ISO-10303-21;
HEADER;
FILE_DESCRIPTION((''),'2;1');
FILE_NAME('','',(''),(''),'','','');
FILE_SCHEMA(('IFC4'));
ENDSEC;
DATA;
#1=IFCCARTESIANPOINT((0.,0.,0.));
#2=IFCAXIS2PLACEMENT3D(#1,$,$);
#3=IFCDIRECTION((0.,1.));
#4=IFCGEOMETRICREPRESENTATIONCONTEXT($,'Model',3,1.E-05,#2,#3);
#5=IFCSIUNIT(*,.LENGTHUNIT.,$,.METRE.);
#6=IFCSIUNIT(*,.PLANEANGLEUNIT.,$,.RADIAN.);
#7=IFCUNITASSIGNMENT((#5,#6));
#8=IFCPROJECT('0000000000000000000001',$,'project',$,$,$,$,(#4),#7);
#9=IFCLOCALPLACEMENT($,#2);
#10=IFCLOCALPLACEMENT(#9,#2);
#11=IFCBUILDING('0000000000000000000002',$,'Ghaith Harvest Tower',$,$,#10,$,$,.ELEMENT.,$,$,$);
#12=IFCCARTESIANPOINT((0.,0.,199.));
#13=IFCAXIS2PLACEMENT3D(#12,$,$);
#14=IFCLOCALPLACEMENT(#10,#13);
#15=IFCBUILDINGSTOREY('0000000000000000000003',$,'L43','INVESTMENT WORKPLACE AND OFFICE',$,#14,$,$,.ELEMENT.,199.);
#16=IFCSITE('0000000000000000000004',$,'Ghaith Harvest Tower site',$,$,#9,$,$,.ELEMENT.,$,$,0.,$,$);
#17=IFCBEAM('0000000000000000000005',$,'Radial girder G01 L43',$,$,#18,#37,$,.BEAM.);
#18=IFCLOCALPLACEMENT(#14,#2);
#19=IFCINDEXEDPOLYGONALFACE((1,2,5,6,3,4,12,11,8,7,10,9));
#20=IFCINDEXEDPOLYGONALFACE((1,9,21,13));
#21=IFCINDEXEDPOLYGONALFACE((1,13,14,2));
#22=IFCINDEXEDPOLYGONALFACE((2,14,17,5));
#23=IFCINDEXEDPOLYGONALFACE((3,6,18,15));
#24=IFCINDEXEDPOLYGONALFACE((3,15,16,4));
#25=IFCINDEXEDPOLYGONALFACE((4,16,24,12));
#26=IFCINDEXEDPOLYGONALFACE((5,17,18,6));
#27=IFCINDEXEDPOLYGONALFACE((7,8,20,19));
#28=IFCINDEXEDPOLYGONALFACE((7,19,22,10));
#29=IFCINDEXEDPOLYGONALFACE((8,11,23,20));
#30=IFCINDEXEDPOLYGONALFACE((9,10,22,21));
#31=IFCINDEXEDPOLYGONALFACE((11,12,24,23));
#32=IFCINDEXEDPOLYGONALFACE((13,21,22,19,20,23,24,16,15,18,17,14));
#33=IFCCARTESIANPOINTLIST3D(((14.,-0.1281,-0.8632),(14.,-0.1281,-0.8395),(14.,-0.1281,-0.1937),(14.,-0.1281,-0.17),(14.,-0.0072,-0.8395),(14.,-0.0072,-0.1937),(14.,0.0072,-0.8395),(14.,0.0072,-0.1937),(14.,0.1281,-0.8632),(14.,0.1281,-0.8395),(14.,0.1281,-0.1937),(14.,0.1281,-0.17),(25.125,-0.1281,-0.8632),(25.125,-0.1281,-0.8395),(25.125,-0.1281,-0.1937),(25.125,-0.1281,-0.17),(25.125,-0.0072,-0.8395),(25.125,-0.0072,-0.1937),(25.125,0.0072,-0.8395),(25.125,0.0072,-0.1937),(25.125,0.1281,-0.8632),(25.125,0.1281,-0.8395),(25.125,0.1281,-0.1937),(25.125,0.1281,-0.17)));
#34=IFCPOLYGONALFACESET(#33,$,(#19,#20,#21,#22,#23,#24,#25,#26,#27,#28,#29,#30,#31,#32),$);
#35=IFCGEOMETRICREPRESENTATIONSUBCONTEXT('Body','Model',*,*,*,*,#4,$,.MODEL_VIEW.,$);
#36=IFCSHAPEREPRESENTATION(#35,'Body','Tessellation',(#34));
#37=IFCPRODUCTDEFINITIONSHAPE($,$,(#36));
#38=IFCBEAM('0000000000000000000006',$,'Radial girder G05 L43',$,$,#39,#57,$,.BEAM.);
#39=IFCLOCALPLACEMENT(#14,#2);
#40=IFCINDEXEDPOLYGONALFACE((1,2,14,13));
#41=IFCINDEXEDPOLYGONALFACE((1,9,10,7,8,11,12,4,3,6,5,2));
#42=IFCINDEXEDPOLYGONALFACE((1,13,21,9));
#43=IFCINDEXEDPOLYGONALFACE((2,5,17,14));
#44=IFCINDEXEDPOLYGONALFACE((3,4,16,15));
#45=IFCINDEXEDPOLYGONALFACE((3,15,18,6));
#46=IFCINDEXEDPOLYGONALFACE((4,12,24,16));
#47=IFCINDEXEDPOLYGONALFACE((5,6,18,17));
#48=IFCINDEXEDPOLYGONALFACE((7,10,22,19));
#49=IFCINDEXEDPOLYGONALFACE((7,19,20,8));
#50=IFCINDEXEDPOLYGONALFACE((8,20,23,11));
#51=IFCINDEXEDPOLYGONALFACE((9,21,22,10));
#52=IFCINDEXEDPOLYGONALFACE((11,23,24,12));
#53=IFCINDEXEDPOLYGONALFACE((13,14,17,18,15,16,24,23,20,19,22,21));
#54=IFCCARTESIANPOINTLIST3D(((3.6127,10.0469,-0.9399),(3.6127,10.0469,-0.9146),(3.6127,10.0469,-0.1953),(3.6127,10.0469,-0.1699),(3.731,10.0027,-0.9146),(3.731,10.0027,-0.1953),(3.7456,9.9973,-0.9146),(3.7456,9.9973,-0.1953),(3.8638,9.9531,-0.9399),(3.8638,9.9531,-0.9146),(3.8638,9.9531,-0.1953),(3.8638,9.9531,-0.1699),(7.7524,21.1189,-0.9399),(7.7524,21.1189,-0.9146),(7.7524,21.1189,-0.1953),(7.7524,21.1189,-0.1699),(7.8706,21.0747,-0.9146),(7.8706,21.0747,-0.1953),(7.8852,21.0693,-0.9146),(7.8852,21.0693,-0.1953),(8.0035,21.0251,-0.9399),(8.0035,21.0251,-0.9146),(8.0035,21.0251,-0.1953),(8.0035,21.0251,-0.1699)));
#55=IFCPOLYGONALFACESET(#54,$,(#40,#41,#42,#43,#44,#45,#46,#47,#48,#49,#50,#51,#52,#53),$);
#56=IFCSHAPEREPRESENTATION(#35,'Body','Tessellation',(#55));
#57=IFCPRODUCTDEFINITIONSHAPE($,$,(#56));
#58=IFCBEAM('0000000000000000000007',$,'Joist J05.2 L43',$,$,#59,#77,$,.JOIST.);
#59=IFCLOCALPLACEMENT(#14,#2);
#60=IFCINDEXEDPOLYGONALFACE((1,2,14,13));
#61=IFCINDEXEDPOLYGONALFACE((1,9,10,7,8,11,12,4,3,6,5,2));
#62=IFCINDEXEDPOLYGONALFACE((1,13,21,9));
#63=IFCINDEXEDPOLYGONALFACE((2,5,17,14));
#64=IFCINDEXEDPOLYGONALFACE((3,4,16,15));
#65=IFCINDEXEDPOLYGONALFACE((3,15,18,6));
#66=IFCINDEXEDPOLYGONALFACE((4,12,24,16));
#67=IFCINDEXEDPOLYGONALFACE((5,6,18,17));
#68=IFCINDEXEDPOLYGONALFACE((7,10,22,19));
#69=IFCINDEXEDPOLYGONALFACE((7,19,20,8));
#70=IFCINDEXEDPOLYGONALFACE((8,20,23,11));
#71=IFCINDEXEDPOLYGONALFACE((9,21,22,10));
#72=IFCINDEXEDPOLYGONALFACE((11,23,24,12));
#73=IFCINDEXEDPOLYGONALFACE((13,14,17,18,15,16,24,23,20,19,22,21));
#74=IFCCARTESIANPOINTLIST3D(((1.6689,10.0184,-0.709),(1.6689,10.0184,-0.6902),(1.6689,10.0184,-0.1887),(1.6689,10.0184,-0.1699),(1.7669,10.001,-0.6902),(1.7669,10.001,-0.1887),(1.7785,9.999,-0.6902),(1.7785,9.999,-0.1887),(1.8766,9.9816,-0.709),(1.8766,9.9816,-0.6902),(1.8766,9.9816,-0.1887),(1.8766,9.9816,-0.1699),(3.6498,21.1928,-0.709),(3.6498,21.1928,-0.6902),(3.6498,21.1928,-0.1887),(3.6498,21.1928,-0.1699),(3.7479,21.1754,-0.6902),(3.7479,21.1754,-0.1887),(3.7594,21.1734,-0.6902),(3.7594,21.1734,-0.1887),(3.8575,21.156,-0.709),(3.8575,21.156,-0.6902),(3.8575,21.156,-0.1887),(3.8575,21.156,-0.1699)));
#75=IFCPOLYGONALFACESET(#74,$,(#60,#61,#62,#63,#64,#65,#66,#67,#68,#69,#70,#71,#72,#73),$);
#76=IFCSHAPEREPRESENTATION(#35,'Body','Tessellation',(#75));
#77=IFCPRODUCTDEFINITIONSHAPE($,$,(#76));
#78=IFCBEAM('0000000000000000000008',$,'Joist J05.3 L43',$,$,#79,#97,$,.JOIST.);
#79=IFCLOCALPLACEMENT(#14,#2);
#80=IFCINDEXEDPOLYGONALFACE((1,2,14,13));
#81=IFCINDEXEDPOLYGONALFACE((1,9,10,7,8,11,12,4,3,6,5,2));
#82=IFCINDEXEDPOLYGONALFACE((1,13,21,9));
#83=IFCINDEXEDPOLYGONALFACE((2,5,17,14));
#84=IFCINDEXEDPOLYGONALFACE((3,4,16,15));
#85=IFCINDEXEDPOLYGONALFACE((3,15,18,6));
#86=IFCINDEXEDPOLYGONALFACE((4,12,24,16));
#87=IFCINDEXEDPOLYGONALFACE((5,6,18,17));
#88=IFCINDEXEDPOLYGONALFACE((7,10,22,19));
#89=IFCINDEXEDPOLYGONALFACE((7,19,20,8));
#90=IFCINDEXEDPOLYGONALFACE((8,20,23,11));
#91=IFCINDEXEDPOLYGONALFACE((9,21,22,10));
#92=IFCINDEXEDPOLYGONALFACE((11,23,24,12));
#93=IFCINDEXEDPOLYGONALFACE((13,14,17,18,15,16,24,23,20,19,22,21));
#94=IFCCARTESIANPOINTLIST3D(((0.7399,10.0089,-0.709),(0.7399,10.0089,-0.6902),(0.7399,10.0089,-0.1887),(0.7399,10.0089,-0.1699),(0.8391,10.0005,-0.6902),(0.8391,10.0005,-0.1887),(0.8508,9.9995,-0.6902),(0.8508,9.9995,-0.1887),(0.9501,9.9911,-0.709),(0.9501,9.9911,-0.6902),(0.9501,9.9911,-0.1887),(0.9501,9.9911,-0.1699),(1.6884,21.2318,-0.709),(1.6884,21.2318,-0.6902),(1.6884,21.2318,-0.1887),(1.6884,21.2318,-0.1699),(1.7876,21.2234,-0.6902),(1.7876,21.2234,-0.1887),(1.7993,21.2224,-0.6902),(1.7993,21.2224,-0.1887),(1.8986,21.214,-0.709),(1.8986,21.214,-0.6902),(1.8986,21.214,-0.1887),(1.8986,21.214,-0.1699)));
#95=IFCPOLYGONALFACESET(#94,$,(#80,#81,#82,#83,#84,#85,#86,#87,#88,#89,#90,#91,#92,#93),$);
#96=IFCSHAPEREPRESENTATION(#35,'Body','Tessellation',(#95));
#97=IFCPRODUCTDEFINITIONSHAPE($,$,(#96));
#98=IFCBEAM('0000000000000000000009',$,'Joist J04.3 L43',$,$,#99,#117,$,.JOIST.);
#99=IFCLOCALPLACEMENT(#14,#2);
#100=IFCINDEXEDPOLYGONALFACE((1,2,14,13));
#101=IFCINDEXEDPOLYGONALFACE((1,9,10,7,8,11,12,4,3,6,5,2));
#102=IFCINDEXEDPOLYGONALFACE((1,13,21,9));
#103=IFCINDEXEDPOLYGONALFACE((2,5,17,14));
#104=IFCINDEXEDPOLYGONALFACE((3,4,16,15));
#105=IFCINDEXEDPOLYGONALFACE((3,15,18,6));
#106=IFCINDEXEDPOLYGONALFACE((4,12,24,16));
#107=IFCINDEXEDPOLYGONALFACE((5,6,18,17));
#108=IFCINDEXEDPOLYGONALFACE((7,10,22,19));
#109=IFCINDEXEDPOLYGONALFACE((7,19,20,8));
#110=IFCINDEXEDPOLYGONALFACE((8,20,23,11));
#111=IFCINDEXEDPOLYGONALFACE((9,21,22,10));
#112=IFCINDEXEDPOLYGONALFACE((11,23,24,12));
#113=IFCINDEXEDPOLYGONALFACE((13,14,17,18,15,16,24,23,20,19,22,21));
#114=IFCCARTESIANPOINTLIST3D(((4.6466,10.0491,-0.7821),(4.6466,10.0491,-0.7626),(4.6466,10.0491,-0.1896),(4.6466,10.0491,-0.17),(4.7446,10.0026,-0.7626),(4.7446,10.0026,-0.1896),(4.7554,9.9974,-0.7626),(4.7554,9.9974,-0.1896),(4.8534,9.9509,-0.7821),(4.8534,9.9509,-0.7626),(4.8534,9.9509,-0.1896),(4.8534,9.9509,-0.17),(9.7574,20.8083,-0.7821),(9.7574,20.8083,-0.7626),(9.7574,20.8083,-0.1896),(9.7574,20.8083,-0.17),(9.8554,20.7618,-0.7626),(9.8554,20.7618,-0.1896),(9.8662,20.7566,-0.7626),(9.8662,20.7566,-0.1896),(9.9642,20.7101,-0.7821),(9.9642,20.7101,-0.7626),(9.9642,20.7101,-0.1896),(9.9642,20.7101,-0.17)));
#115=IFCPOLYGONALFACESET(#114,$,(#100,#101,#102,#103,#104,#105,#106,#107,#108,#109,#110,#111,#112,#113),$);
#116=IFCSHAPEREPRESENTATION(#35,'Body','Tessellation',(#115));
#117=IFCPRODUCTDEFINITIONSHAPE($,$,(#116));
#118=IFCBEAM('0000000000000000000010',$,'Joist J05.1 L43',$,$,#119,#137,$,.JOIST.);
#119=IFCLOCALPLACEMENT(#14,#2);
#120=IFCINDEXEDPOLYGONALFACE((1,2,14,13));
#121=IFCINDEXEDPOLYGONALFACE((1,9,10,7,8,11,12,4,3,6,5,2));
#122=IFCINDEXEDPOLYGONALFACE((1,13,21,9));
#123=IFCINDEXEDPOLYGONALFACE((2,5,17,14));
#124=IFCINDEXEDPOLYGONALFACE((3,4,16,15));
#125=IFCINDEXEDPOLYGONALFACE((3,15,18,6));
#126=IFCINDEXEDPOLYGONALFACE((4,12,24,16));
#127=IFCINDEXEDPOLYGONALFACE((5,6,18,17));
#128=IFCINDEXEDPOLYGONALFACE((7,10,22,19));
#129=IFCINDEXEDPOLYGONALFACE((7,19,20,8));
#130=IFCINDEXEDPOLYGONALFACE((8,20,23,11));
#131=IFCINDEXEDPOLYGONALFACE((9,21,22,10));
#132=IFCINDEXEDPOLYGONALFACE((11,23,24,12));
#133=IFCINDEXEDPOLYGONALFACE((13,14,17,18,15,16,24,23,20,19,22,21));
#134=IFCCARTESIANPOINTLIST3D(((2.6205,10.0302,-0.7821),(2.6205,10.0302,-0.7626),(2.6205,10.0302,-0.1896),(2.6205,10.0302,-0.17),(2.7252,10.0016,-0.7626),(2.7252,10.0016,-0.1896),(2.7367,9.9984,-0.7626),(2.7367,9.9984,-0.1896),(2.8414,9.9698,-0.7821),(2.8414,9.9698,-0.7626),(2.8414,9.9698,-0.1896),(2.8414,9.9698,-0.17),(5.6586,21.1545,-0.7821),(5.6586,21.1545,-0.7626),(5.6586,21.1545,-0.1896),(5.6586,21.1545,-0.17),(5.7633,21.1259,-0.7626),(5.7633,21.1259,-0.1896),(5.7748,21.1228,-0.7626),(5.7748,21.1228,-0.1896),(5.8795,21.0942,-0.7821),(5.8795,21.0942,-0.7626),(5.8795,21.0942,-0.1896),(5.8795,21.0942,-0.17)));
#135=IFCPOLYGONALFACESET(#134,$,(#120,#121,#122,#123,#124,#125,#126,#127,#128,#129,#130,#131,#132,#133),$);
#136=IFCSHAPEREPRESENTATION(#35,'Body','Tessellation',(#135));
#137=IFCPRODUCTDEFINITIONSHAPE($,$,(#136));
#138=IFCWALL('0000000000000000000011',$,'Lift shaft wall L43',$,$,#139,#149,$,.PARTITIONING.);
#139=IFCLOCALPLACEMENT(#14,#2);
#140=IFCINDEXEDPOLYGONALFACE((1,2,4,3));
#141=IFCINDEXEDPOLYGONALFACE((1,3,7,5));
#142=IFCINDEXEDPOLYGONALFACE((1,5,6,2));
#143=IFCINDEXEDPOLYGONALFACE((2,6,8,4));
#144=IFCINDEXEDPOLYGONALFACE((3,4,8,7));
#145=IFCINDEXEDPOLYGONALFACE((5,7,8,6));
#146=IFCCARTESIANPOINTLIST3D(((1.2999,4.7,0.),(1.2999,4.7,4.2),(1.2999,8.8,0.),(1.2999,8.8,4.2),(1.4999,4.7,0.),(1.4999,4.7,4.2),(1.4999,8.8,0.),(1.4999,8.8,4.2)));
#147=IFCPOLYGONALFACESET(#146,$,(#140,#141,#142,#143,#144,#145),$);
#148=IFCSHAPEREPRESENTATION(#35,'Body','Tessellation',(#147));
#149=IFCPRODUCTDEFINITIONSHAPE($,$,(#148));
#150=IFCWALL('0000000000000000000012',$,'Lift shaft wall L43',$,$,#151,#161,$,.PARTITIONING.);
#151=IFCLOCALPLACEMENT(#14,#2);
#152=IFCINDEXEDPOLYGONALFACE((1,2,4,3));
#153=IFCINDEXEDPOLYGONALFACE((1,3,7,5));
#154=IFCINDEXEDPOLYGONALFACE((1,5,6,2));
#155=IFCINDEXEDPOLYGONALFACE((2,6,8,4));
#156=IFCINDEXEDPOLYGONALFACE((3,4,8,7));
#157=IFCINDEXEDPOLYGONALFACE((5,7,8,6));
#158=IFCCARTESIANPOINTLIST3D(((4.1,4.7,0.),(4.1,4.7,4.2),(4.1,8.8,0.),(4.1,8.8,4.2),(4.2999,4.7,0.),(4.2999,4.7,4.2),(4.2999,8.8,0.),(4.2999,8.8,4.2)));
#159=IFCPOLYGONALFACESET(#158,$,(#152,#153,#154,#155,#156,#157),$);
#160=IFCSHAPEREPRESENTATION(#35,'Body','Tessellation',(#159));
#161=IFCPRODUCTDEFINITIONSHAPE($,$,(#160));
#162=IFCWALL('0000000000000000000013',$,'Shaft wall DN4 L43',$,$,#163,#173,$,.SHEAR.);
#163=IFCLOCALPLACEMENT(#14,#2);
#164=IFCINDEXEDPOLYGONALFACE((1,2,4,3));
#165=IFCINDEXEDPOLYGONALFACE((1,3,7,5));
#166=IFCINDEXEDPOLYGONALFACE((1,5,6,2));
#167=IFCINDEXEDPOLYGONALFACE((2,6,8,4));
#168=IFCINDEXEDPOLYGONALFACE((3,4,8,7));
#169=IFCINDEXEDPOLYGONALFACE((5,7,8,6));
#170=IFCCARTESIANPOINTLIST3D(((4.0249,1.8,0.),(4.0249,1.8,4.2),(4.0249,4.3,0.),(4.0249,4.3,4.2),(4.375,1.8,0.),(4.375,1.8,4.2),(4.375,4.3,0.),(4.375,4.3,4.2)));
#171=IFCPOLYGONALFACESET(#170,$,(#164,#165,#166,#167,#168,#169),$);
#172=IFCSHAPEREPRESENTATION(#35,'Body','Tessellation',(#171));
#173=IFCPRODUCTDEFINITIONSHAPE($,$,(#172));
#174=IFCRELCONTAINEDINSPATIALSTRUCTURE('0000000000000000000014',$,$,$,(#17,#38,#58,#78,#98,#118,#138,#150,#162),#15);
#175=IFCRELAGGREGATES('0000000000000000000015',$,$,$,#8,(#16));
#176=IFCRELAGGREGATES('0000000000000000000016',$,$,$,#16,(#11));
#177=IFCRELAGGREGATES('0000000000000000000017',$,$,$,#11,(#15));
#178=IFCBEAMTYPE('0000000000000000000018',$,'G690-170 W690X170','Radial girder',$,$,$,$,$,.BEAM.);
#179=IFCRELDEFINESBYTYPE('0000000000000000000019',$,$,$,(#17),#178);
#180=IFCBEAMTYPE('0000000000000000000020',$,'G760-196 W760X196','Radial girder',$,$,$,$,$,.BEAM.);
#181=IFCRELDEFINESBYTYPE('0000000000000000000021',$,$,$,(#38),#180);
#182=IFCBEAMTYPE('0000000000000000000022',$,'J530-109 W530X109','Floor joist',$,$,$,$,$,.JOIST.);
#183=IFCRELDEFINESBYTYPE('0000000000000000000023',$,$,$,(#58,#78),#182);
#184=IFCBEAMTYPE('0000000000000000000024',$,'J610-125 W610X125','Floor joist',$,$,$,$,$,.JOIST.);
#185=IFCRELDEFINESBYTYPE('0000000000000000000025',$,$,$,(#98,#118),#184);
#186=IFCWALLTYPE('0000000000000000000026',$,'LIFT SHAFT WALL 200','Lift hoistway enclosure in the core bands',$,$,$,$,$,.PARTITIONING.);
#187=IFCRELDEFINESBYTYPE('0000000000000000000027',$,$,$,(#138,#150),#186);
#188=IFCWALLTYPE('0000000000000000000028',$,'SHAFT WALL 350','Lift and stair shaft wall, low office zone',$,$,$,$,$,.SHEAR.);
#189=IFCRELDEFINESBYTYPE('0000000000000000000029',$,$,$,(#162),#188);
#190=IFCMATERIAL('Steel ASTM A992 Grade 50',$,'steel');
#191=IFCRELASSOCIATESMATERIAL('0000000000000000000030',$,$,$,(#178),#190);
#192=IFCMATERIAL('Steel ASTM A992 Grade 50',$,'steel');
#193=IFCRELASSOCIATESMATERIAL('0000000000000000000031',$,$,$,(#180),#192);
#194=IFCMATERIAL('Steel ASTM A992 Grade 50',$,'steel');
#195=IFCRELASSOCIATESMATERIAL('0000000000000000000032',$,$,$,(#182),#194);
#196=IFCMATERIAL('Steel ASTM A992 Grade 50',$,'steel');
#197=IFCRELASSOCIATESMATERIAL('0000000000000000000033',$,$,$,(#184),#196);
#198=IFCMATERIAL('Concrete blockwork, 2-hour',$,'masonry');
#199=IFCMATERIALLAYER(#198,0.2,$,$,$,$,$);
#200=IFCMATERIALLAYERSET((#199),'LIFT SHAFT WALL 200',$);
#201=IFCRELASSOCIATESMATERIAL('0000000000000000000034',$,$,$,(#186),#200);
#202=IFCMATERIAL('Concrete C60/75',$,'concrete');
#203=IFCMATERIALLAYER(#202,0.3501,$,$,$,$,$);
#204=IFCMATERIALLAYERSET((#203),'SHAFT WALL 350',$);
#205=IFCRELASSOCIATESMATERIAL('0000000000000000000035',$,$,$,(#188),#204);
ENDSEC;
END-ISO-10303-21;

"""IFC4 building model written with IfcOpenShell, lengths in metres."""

from ifc_helpers import new_model, si_unit, direction, frame, frame_2d, origin, origin_2d, place, context, subcontext, project, spatial, rectangle, i_section, extrude, material, layer, layer_set, material_profile, profile_set, type_object, element, save


model = new_model("IFC4")

# Units and contexts
model_context = context("Model", 3, precision=1e-05, world=origin(), true_north=direction((0.0, 1.0)))
body_context = subcontext(model_context, "Body", "Model", "MODEL_VIEW")
ifc_project = project(units=[si_unit("LENGTHUNIT", "METRE"), si_unit("PLANEANGLEUNIT", "RADIAN")], contexts=[model_context])

# Site, building, storey
site_placement = place(None, origin())
site = spatial("IfcSite", under=ifc_project, at=site_placement, Name="Ghaith Harvest Tower site", CompositionType="ELEMENT", RefElevation=0.0)
building_placement = place(site_placement, origin())
building = spatial("IfcBuilding", under=site, at=building_placement, Name="Ghaith Harvest Tower", CompositionType="ELEMENT")
storey_placement = place(building_placement, frame((0.0, 0.0, 199.0)))
storey = spatial("IfcBuildingStorey", under=building, at=storey_placement, Name="L43", Description="INVESTMENT WORKPLACE AND OFFICE", CompositionType="ELEMENT", Elevation=199.0)

# Beams
ifc_material_1 = material(Name="Steel ASTM A992 Grade 50", Category="steel")
ifc_material_profile_1 = material_profile(ifc_material_1, i_section(OverallWidth=0.2561, OverallDepth=0.6931, WebThickness=0.0144, FlangeThickness=0.0237, at=origin_2d()), Name="W690X170")
ifc_profile_set_1 = profile_set([ifc_material_profile_1], Name="Steel ASTM A992 Grade 50")
beam_type_1 = type_object("IfcBeamType", Name="G690-170 W690X170", Description="Radial girder", PredefinedType="BEAM", material=ifc_profile_set_1)
beam_1_placement = place(storey_placement, frame((14.0, 0.0, -0.5166), z_axis=(1.0, 0.0, 0.0), x_axis=(0.0, 1.0, 0.0)))
element("IfcBeam", 1, at=beam_1_placement, inside=storey, type_object=beam_type_1, Name="Radial girder G01 L43", PredefinedType="BEAM", context=body_context, shape_type="SweptSolid", body=[
    extrude(i_section(OverallWidth=0.2561, OverallDepth=0.6931, WebThickness=0.0144, FlangeThickness=0.0237, at=origin_2d()), origin(), (0.0, 0.0, 1.0), 11.125),
])
ifc_material_2 = material(Name="Steel ASTM A992 Grade 50", Category="steel")
ifc_material_profile_2 = material_profile(ifc_material_2, i_section(OverallWidth=0.2681, OverallDepth=0.77, WebThickness=0.0156, FlangeThickness=0.0254, at=origin_2d()), Name="W760X196")
ifc_profile_set_2 = profile_set([ifc_material_profile_2], Name="Steel ASTM A992 Grade 50")
beam_type_2 = type_object("IfcBeamType", Name="G760-196 W760X196", Description="Radial girder", PredefinedType="BEAM", material=ifc_profile_set_2)
beam_2_placement = place(storey_placement, frame((3.7383, 10.0, -0.5549), z_axis=(0.350207, 0.936672, 0.0), x_axis=(-0.936672, 0.350207, 0.0)))
element("IfcBeam", 2, at=beam_2_placement, inside=storey, type_object=beam_type_2, Name="Radial girder G05 L43", PredefinedType="BEAM", context=body_context, shape_type="SweptSolid", body=[
    extrude(i_section(OverallWidth=0.2681, OverallDepth=0.77, WebThickness=0.0156, FlangeThickness=0.0254, at=origin_2d()), origin(), (0.0, 0.0, 1.0), 11.8206),
])
ifc_material_3 = material(Name="Steel ASTM A992 Grade 50", Category="steel")
ifc_material_profile_3 = material_profile(ifc_material_3, i_section(OverallWidth=0.2109, OverallDepth=0.5391, WebThickness=0.0117, FlangeThickness=0.0188, at=origin_2d()), Name="W530X109")
ifc_profile_set_3 = profile_set([ifc_material_profile_3], Name="Steel ASTM A992 Grade 50")
beam_type_3 = type_object("IfcBeamType", Name="J530-109 W530X109", Description="Floor joist", PredefinedType="JOIST", material=ifc_profile_set_3)
beam_3_placement = place(storey_placement, frame((1.7727, 10.0, -0.4395), z_axis=(0.174556, 0.984647, 0.0), x_axis=(-0.984647, 0.174556, 0.0)))
element("IfcBeam", 3, at=beam_3_placement, inside=storey, type_object=beam_type_3, Name="Joist J05.2 L43", PredefinedType="JOIST", context=body_context, shape_type="SweptSolid", body=[
    extrude(i_section(OverallWidth=0.2109, OverallDepth=0.5391, WebThickness=0.0117, FlangeThickness=0.0188, at=origin_2d()), origin(), (0.0, 0.0, 1.0), 11.3486),
])
beam_4_placement = place(storey_placement, frame((0.845, 10.0, -0.4395), z_axis=(0.084213, 0.996448, 0.0), x_axis=(-0.996448, 0.084213, 0.0)))
element("IfcBeam", 4, at=beam_4_placement, inside=storey, type_object=beam_type_3, Name="Joist J05.3 L43", PredefinedType="JOIST", context=body_context, shape_type="SweptSolid", body=[
    extrude(i_section(OverallWidth=0.2109, OverallDepth=0.5391, WebThickness=0.0117, FlangeThickness=0.0188, at=origin_2d()), origin(), (0.0, 0.0, 1.0), 11.2629),
])
ifc_material_4 = material(Name="Steel ASTM A992 Grade 50", Category="steel")
ifc_material_profile_4 = material_profile(ifc_material_4, i_section(OverallWidth=0.229, OverallDepth=0.6121, WebThickness=0.012, FlangeThickness=0.0195, at=origin_2d()), Name="W610X125")
ifc_profile_set_4 = profile_set([ifc_material_profile_4], Name="Steel ASTM A992 Grade 50")
beam_type_4 = type_object("IfcBeamType", Name="J610-125 W610X125", Description="Floor joist", PredefinedType="JOIST", material=ifc_profile_set_4)
beam_5_placement = place(storey_placement, frame((4.75, 10.0, -0.4761), z_axis=(0.429069, 0.903272, 0.0), x_axis=(-0.903272, 0.429069, 0.0)))
element("IfcBeam", 5, at=beam_5_placement, inside=storey, type_object=beam_type_4, Name="Joist J04.3 L43", PredefinedType="JOIST", context=body_context, shape_type="SweptSolid", body=[
    extrude(i_section(OverallWidth=0.229, OverallDepth=0.6121, WebThickness=0.012, FlangeThickness=0.0195, at=origin_2d()), origin(), (0.0, 0.0, 1.0), 11.9114),
])
beam_6_placement = place(storey_placement, frame((2.731, 10.0, -0.4761), z_axis=(0.263456, 0.964671, 0.0), x_axis=(-0.964671, 0.263456, 0.0)))
element("IfcBeam", 6, at=beam_6_placement, inside=storey, type_object=beam_type_4, Name="Joist J05.1 L43", PredefinedType="JOIST", context=body_context, shape_type="SweptSolid", body=[
    extrude(i_section(OverallWidth=0.229, OverallDepth=0.6121, WebThickness=0.012, FlangeThickness=0.0195, at=origin_2d()), origin(), (0.0, 0.0, 1.0), 11.5317),
])

# Walls
ifc_material_5 = material(Name="Concrete blockwork, 2-hour", Category="masonry")
ifc_layer_1 = layer(ifc_material_5, 0.2)
ifc_layer_set_1 = layer_set([ifc_layer_1], Name="LIFT SHAFT WALL 200")
wall_type_1 = type_object("IfcWallType", Name="LIFT SHAFT WALL 200", Description="Lift hoistway enclosure in the core bands", PredefinedType="PARTITIONING", material=ifc_layer_set_1)
for number, where, z_axis, x_axis, name in (
    (7, (1.3999, 4.7, 0.0), (0.0, 0.0, 1.0), (0.0, 1.0, 0.0), "Lift shaft wall L43"),
    (8, (4.2, 4.7, 0.0), (0.0, 0.0, 1.0), (0.0, 1.0, 0.0), "Lift shaft wall L43"),
):
    element("IfcWall", number, at=place(storey_placement, frame(where, z_axis=z_axis, x_axis=x_axis)), inside=storey, type_object=wall_type_1, Name=name, PredefinedType="PARTITIONING", context=body_context, shape_type="SweptSolid", body=[
        extrude(rectangle(XDim=4.1001, YDim=0.2, at=frame_2d((2.05, 0.0))), origin(), (0.0, 0.0, 1.0), 4.2),
    ])

# Shared definitions
ifc_material_6 = material(Name="Concrete C60/75", Category="concrete")
ifc_layer_2 = layer(ifc_material_6, 0.3501)
ifc_layer_set_2 = layer_set([ifc_layer_2], Name="SHAFT WALL 350")
wall_type_2 = type_object("IfcWallType", Name="SHAFT WALL 350", Description="Lift and stair shaft wall, low office zone", PredefinedType="SHEAR", material=ifc_layer_set_2)

# Wall
wall_1_placement = place(storey_placement, frame((4.2, 1.8, 0.0), z_axis=(0.0, 0.0, 1.0), x_axis=(0.0, 1.0, 0.0)))
element("IfcWall", 9, at=wall_1_placement, inside=storey, type_object=wall_type_2, Name="Shaft wall DN4 L43", PredefinedType="SHEAR", context=body_context, shape_type="SweptSolid", body=[
    extrude(rectangle(XDim=2.5, YDim=0.3501, at=frame_2d((1.25, 0.0))), origin(), (0.0, 0.0, 1.0), 4.2),
])

save(model, "model.ifc")
